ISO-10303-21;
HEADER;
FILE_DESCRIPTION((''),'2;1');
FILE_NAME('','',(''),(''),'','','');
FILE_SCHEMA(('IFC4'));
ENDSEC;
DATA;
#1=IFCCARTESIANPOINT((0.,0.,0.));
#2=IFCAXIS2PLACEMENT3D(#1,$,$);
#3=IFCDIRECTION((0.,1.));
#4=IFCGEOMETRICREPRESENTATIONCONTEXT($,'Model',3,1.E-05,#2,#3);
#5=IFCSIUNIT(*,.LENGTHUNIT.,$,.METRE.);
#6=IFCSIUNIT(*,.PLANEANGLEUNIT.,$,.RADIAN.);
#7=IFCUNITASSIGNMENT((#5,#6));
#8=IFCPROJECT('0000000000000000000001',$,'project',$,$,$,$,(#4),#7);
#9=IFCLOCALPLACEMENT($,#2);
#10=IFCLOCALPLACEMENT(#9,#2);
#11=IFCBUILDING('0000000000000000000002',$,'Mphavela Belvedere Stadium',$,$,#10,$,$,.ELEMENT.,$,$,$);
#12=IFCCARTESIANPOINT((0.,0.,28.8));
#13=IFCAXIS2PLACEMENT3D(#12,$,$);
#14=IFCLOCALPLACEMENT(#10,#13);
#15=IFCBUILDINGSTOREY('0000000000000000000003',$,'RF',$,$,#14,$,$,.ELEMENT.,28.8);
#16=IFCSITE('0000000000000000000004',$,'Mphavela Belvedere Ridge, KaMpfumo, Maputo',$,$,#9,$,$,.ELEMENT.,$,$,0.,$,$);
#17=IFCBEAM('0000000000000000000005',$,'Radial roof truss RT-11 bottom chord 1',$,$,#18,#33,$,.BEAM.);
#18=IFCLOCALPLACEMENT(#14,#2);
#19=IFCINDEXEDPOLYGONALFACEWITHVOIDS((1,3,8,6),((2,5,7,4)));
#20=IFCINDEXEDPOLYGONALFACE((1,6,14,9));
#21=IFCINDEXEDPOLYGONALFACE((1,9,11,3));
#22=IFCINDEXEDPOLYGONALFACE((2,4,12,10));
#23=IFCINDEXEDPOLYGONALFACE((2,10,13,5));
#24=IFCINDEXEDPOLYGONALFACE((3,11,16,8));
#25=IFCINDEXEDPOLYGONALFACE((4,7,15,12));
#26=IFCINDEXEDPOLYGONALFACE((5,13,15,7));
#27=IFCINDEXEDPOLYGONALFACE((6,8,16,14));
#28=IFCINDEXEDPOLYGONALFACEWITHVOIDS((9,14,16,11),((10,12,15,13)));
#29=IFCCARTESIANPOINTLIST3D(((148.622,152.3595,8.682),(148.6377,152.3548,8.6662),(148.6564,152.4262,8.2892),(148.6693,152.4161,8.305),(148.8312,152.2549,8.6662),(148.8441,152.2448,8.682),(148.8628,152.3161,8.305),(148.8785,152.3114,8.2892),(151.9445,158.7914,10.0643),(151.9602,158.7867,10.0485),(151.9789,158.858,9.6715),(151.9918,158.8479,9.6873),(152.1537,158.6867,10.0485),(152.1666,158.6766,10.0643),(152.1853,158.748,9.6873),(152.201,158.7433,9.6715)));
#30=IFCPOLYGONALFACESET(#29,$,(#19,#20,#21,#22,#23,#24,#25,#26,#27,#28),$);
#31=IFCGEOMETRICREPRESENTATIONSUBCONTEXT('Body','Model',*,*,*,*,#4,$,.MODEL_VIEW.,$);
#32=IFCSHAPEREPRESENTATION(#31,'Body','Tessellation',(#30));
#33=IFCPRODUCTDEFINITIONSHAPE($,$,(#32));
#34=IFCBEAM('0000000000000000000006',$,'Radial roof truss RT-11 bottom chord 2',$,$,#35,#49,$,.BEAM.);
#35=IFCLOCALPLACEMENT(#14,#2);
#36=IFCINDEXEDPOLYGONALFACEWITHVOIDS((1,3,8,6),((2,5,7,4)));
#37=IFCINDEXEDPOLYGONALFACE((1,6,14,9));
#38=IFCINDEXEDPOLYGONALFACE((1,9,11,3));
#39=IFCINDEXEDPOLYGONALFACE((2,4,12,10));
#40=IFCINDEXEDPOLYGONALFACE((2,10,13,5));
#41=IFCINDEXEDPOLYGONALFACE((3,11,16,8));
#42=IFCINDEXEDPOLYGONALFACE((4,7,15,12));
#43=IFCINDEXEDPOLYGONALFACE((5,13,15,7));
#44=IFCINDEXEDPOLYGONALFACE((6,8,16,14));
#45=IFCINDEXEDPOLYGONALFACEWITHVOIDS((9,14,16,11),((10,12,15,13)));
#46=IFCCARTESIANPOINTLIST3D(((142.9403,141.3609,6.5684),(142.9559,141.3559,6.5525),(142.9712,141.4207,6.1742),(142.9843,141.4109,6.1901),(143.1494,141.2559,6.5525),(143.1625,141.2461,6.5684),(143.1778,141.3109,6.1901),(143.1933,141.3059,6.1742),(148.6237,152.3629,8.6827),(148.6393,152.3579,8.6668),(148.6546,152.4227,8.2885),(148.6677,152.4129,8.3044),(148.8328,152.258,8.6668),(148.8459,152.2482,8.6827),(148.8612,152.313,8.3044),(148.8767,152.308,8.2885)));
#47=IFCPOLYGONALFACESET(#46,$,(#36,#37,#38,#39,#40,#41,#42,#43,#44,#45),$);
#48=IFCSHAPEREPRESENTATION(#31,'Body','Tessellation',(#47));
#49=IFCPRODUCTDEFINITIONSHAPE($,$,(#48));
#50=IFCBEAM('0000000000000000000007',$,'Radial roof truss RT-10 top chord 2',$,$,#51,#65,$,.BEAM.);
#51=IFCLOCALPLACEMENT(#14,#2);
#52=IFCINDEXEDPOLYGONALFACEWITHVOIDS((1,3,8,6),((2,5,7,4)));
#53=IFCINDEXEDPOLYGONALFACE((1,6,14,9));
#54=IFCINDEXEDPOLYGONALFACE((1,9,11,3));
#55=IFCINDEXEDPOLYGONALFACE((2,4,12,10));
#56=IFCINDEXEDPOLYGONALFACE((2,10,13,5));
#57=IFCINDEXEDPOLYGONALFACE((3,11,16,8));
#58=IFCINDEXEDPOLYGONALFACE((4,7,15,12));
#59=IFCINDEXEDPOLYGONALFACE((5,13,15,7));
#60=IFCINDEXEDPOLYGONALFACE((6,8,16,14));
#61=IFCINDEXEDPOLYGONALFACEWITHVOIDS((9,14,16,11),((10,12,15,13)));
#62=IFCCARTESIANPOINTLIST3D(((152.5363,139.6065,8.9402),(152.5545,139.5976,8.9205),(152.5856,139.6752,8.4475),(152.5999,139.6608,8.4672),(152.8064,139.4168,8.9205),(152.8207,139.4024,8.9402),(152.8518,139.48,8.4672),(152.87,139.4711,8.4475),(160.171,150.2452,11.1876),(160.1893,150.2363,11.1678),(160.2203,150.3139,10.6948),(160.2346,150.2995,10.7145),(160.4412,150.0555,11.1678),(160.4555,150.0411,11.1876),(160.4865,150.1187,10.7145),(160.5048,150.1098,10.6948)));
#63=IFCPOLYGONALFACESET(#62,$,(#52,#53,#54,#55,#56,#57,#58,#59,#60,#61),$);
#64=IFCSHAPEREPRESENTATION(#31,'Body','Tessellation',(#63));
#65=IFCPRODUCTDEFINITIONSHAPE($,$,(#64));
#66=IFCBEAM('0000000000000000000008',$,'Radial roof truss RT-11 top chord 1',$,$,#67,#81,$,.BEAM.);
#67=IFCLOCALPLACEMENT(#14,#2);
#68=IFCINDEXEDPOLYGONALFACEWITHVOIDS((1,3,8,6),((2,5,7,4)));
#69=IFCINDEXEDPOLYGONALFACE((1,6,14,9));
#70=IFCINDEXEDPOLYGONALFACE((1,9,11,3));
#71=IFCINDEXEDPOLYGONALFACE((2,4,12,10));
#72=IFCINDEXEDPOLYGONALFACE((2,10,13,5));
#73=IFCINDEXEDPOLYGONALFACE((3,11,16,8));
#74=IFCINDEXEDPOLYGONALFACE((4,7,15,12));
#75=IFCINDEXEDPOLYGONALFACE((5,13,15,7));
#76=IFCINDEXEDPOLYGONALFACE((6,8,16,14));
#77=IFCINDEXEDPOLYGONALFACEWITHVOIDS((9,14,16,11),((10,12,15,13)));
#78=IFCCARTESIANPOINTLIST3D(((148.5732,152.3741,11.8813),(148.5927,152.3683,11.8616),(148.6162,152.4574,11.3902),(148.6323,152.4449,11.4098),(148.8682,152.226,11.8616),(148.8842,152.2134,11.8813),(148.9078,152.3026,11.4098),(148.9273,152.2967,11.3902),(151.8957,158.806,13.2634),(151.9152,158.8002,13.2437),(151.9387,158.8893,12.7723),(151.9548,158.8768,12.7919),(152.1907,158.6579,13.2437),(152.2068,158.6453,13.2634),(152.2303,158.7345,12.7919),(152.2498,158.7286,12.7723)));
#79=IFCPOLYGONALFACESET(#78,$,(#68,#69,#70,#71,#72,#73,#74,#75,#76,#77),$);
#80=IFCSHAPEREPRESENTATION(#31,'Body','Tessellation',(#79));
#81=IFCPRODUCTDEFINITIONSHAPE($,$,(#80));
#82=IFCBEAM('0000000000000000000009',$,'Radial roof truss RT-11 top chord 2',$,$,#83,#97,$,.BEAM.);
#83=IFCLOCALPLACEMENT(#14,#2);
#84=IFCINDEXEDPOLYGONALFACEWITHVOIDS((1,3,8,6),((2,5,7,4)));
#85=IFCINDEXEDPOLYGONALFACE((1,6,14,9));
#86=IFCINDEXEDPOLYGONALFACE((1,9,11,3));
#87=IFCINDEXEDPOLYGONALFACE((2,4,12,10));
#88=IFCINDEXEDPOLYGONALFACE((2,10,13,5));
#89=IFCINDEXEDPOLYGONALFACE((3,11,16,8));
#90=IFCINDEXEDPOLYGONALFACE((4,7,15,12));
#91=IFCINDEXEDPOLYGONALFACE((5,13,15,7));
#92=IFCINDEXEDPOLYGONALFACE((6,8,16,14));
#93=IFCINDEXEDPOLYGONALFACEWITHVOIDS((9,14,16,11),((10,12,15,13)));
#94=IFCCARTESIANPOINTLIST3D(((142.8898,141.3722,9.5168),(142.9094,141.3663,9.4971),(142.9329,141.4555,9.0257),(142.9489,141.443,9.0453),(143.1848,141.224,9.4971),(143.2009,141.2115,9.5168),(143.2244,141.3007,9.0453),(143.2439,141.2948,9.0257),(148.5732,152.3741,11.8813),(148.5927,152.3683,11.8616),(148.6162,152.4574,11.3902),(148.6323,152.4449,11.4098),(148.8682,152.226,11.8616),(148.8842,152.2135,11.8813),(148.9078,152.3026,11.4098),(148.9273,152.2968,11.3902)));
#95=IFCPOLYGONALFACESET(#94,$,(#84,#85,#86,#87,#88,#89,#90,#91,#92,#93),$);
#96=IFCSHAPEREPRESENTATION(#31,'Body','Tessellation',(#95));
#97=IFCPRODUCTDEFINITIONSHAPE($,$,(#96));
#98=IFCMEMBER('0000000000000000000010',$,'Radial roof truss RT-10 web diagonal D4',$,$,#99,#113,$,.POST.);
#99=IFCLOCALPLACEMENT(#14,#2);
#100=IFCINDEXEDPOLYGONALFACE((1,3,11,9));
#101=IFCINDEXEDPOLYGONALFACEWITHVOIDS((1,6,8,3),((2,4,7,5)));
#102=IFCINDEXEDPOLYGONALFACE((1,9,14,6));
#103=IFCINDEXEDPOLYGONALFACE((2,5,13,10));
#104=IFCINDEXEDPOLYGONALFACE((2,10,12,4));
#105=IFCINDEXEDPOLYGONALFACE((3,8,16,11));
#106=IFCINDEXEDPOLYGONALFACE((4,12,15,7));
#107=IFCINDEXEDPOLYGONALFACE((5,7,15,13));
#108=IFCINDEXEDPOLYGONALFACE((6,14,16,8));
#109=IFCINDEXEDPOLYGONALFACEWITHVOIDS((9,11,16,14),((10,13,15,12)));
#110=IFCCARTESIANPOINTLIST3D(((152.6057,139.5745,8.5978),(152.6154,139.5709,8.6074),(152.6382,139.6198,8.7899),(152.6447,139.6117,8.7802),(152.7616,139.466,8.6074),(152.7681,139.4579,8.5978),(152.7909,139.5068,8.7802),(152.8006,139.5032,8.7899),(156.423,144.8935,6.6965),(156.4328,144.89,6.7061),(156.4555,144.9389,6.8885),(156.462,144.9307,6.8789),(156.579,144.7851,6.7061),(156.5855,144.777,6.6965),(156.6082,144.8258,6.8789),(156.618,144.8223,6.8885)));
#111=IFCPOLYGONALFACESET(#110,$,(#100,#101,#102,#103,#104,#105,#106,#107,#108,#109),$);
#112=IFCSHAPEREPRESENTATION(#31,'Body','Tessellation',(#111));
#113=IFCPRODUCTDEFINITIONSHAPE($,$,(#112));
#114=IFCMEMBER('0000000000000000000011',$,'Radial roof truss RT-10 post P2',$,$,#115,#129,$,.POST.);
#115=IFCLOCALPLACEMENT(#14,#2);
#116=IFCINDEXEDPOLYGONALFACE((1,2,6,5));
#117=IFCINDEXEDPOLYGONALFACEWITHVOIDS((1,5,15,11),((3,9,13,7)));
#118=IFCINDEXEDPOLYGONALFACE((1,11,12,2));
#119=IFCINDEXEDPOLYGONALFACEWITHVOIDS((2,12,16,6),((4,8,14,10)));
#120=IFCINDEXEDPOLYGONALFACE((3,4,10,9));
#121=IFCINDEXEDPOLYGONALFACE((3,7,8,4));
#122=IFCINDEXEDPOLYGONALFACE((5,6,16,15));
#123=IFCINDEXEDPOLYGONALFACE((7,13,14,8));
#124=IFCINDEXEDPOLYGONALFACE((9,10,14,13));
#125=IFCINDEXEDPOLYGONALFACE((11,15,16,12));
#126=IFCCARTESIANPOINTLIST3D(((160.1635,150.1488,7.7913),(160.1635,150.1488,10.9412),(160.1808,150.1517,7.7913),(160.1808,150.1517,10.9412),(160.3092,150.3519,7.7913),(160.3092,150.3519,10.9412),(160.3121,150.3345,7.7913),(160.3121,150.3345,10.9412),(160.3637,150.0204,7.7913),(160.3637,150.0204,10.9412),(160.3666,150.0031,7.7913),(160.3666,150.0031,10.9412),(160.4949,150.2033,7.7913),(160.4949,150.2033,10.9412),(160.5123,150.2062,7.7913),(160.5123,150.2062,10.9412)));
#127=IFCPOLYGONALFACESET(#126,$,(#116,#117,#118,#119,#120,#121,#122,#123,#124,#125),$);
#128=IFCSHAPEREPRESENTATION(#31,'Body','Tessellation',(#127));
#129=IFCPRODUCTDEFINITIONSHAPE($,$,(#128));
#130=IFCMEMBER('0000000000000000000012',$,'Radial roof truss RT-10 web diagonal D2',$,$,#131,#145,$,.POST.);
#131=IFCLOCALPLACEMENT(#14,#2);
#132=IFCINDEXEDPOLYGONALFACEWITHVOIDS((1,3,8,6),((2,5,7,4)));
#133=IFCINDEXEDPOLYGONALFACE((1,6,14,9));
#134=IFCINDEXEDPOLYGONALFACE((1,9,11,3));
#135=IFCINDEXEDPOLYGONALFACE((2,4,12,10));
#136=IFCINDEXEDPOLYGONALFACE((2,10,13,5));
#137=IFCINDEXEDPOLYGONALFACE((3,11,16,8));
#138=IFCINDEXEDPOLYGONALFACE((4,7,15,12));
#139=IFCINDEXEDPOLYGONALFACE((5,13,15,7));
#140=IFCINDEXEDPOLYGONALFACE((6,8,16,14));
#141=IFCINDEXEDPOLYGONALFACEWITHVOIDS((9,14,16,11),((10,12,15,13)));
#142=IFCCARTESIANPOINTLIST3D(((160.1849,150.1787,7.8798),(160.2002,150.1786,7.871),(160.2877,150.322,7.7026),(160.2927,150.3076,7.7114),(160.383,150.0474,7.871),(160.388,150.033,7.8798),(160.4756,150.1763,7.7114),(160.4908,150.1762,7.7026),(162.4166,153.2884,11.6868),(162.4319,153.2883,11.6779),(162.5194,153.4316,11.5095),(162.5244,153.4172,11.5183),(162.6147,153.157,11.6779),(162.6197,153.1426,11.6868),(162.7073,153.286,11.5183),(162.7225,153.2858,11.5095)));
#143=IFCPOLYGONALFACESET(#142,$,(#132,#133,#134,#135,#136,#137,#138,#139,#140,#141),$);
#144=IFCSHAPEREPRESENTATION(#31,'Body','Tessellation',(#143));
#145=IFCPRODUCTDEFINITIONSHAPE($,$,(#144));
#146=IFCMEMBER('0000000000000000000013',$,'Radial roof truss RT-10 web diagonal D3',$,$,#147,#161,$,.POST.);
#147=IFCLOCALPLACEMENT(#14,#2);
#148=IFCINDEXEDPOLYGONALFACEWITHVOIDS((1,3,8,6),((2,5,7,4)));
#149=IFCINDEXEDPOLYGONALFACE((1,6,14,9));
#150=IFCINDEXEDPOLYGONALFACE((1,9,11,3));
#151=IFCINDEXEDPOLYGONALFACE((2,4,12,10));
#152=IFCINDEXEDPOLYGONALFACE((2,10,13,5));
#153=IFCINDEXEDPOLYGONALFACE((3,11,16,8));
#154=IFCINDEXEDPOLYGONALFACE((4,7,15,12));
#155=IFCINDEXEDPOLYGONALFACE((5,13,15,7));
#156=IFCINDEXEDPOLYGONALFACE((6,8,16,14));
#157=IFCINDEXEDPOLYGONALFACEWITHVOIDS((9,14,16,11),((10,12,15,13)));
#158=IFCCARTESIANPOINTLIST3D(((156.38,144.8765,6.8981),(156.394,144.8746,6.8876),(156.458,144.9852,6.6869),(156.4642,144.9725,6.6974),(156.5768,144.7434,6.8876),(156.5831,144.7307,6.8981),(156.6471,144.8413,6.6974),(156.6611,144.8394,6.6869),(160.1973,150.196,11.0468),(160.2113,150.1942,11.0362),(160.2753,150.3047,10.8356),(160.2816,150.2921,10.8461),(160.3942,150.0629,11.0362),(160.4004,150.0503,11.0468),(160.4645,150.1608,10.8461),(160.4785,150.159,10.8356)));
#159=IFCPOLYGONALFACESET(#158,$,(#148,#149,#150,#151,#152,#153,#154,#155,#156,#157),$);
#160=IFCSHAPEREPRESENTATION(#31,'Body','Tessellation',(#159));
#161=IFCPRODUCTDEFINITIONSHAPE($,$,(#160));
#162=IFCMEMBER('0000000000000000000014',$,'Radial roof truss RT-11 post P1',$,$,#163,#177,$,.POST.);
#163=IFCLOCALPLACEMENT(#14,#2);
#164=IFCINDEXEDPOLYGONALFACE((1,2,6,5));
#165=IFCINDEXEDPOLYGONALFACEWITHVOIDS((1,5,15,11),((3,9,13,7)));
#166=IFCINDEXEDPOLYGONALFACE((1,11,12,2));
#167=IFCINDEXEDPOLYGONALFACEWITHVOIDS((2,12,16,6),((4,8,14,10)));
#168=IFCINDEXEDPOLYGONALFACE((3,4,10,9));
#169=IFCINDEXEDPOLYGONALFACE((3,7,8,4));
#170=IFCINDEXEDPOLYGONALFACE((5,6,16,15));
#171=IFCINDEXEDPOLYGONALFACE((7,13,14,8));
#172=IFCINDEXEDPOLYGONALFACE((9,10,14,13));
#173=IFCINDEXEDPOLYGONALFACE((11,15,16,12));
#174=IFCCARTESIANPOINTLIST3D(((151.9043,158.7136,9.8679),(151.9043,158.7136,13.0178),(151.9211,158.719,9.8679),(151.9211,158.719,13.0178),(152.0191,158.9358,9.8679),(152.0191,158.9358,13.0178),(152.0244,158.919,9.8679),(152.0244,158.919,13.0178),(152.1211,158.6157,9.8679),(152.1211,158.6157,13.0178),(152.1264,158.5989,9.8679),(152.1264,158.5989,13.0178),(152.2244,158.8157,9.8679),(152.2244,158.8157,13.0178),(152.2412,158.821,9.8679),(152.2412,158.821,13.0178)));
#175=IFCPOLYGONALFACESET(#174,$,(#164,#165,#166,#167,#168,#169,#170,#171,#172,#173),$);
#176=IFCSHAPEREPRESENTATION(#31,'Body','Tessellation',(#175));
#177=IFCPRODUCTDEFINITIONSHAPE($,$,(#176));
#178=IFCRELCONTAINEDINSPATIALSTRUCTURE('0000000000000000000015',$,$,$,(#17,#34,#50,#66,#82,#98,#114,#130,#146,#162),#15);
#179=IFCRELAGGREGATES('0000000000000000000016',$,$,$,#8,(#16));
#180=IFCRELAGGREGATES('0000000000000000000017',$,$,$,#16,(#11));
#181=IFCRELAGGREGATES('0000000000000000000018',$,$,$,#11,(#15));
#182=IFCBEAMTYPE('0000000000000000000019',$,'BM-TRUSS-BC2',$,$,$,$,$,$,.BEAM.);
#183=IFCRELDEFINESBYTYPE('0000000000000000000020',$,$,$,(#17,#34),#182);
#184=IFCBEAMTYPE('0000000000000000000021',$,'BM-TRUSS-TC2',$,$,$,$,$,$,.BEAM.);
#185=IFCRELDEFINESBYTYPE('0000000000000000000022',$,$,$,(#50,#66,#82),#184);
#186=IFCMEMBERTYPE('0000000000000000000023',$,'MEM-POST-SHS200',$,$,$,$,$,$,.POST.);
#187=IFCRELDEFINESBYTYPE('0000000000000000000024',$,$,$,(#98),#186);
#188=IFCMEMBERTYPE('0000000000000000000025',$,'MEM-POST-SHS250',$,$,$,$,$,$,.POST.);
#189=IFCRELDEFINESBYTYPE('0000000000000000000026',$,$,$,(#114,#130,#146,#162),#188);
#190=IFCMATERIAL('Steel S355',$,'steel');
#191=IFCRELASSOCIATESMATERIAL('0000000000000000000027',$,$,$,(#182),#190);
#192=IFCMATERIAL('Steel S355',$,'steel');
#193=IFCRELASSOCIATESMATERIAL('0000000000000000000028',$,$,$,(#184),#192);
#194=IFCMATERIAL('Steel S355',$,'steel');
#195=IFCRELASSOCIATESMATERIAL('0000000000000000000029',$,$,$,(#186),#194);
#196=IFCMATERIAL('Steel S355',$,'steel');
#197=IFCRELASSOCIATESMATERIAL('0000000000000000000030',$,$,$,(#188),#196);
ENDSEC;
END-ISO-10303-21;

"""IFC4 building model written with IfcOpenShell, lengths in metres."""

from ifc_helpers import new_model, si_unit, direction, frame, origin, origin_2d, place, context, subcontext, project, spatial, hollow_rectangle, extrude, material, material_profile, profile_set, type_object, element, save


model = new_model("IFC4")

# Units and contexts
model_context = context("Model", 3, precision=1e-05, world=origin(), true_north=direction((0.0, 1.0)))
body_context = subcontext(model_context, "Body", "Model", "MODEL_VIEW")
ifc_project = project(units=[si_unit("LENGTHUNIT", "METRE"), si_unit("PLANEANGLEUNIT", "RADIAN")], contexts=[model_context])

# Site, building, storey
site_placement = place(None, origin())
site = spatial("IfcSite", under=ifc_project, at=site_placement, Name="Mphavela Belvedere Ridge, KaMpfumo, Maputo", CompositionType="ELEMENT", RefElevation=0.0)
building_placement = place(site_placement, origin())
building = spatial("IfcBuilding", under=site, at=building_placement, Name="Mphavela Belvedere Stadium", CompositionType="ELEMENT")
storey_placement = place(building_placement, frame((0.0, 0.0, 28.8)))
storey = spatial("IfcBuildingStorey", under=building, at=storey_placement, Name="RF", CompositionType="ELEMENT", Elevation=28.8)

# Beams
ifc_material_1 = material(Name="Steel S355", Category="steel")
ifc_material_profile_1 = material_profile(ifc_material_1, hollow_rectangle(XDim=0.25, YDim=0.3999, WallThickness=0.0161, at=origin_2d()), Name="RHS 400x250x16")
ifc_profile_set_1 = profile_set([ifc_material_profile_1], Name="Steel S355")
beam_type_1 = type_object("IfcBeamType", Name="BM-TRUSS-BC2", PredefinedType="BEAM", material=ifc_profile_set_1)
beam_1_placement = place(storey_placement, frame((152.0728, 158.7673, 9.8679), z_axis=(-0.450807, -0.872695, -0.187557), x_axis=(0.888461, -0.458951, 0.0)))
element("IfcBeam", 1, at=beam_1_placement, inside=storey, type_object=beam_type_1, Name="Radial roof truss RT-11 bottom chord 1", PredefinedType="BEAM", context=body_context, shape_type="SweptSolid", body=[
    extrude(hollow_rectangle(XDim=0.25, YDim=0.3999, WallThickness=0.0161, at=origin_2d()), origin(), (0.0, 0.0, 1.0), 7.3701),
])
beam_2_placement = place(storey_placement, frame((148.7502, 152.3354, 8.4856), z_axis=(-0.45241, -0.875785, -0.168301), x_axis=(0.888459, -0.458957, 0.0)))
element("IfcBeam", 2, at=beam_2_placement, inside=storey, type_object=beam_type_1, Name="Radial roof truss RT-11 bottom chord 2", PredefinedType="BEAM", context=body_context, shape_type="SweptSolid", body=[
    extrude(hollow_rectangle(XDim=0.25, YDim=0.3999, WallThickness=0.0161, at=origin_2d()), origin(), (0.0, 0.0, 1.0), 12.5625),
])
ifc_material_2 = material(Name="Steel S355", Category="steel")
ifc_material_profile_2 = material_profile(ifc_material_2, hollow_rectangle(XDim=0.3501, YDim=0.5, WallThickness=0.02, at=origin_2d()), Name="RHS 500x350x20")
ifc_profile_set_2 = profile_set([ifc_material_profile_2], Name="Steel S355")
beam_type_2 = type_object("IfcBeamType", Name="BM-TRUSS-TC2", PredefinedType="BEAM", material=ifc_profile_set_2)
beam_3_placement = place(storey_placement, frame((160.3379, 150.1775, 10.9412), z_axis=(-0.574642, -0.800735, -0.169147), x_axis=(0.812441, -0.583043, 0.0)))
element("IfcBeam", 3, at=beam_3_placement, inside=storey, type_object=beam_type_2, Name="Radial roof truss RT-10 top chord 2", PredefinedType="BEAM", context=body_context, shape_type="SweptSolid", body=[
    extrude(hollow_rectangle(XDim=0.3501, YDim=0.5, WallThickness=0.02, at=origin_2d()), origin(), (0.0, 0.0, 1.0), 13.2861),
])
beam_4_placement = place(storey_placement, frame((152.0728, 158.7673, 13.0178), z_axis=(-0.450809, -0.8727, -0.187525), x_axis=(0.888461, -0.458951, 0.0)))
element("IfcBeam", 4, at=beam_4_placement, inside=storey, type_object=beam_type_2, Name="Radial roof truss RT-11 top chord 1", PredefinedType="BEAM", context=body_context, shape_type="SweptSolid", body=[
    extrude(hollow_rectangle(XDim=0.3501, YDim=0.5, WallThickness=0.02, at=origin_2d()), origin(), (0.0, 0.0, 1.0), 7.3701),
])
beam_5_placement = place(storey_placement, frame((148.7502, 152.3354, 11.6357), z_axis=(-0.450812, -0.872692, -0.187556), x_axis=(0.888459, -0.458957, 0.0)))
element("IfcBeam", 5, at=beam_5_placement, inside=storey, type_object=beam_type_2, Name="Radial roof truss RT-11 top chord 2", PredefinedType="BEAM", context=body_context, shape_type="SweptSolid", body=[
    extrude(hollow_rectangle(XDim=0.3501, YDim=0.5, WallThickness=0.02, at=origin_2d()), origin(), (0.0, 0.0, 1.0), 12.6069),
])

# Members
ifc_material_3 = material(Name="Steel S355", Category="steel")
ifc_material_profile_3 = material_profile(ifc_material_3, hollow_rectangle(XDim=0.2, YDim=0.2, WallThickness=0.01, at=origin_2d()), Name="SHS 200x200x10")
ifc_profile_set_3 = profile_set([ifc_material_profile_3], Name="Steel S355")
member_type_1 = type_object("IfcMemberType", Name="MEM-POST-SHS200", PredefinedType="POST", material=ifc_profile_set_3)
member_1_placement = place(storey_placement, frame((156.5205, 144.8579, 6.7925), z_axis=(-0.559927, -0.780194, 0.278889), x_axis=(0.812429, -0.58306, 0.0)))
element("IfcMember", 6, at=member_1_placement, inside=storey, type_object=member_type_1, Name="Radial roof truss RT-10 web diagonal D4", PredefinedType="POST", context=body_context, shape_type="SweptSolid", body=[
    extrude(hollow_rectangle(XDim=0.2, YDim=0.2, WallThickness=0.01, at=origin_2d()), origin(), (0.0, 0.0, 1.0), 6.8176),
])
ifc_material_4 = material(Name="Steel S355", Category="steel")
ifc_material_profile_4 = material_profile(ifc_material_4, hollow_rectangle(XDim=0.25, YDim=0.25, WallThickness=0.0125, at=origin_2d()), Name="SHS 250x250x12.5")
ifc_profile_set_4 = profile_set([ifc_material_profile_4], Name="Steel S355")
member_type_2 = type_object("IfcMemberType", Name="MEM-POST-SHS250", PredefinedType="POST", material=ifc_profile_set_4)
member_2_placement = place(storey_placement, frame((160.3379, 150.1775, 7.7913), z_axis=(0.0, 0.0, 1.0), x_axis=(0.582974, 0.812491, 0.0)))
element("IfcMember", 7, at=member_2_placement, inside=storey, type_object=member_type_2, Name="Radial roof truss RT-10 post P2", PredefinedType="POST", context=body_context, shape_type="SweptSolid", body=[
    extrude(hollow_rectangle(XDim=0.25, YDim=0.25, WallThickness=0.0125, at=origin_2d()), origin(), (0.0, 0.0, 1.0), 3.1499),
])
member_3_placement = place(storey_placement, frame((162.5696, 153.2871, 11.5981), z_axis=(-0.4134, -0.576028, -0.70519), x_axis=(0.81243, -0.583059, 0.0)))
element("IfcMember", 8, at=member_3_placement, inside=storey, type_object=member_type_2, Name="Radial roof truss RT-10 web diagonal D2", PredefinedType="POST", context=body_context, shape_type="SweptSolid", body=[
    extrude(hollow_rectangle(XDim=0.25, YDim=0.25, WallThickness=0.0125, at=origin_2d()), origin(), (0.0, 0.0, 1.0), 5.3984),
])
member_4_placement = place(storey_placement, frame((160.3379, 150.1775, 10.9412), z_axis=(-0.492486, -0.686287, -0.535227), x_axis=(0.812454, -0.583025, 0.0)))
element("IfcMember", 9, at=member_4_placement, inside=storey, type_object=member_type_2, Name="Radial roof truss RT-10 web diagonal D3", PredefinedType="POST", context=body_context, shape_type="SweptSolid", body=[
    extrude(hollow_rectangle(XDim=0.25, YDim=0.25, WallThickness=0.0125, at=origin_2d()), origin(), (0.0, 0.0, 1.0), 7.7512),
])
member_5_placement = place(storey_placement, frame((152.0728, 158.7673, 9.8679), z_axis=(0.0, 0.0, 1.0), x_axis=(0.45896, 0.888457, 0.0)))
element("IfcMember", 10, at=member_5_placement, inside=storey, type_object=member_type_2, Name="Radial roof truss RT-11 post P1", PredefinedType="POST", context=body_context, shape_type="SweptSolid", body=[
    extrude(hollow_rectangle(XDim=0.25, YDim=0.25, WallThickness=0.0125, at=origin_2d()), origin(), (0.0, 0.0, 1.0), 3.1499),
])

save(model, "model.ifc")
